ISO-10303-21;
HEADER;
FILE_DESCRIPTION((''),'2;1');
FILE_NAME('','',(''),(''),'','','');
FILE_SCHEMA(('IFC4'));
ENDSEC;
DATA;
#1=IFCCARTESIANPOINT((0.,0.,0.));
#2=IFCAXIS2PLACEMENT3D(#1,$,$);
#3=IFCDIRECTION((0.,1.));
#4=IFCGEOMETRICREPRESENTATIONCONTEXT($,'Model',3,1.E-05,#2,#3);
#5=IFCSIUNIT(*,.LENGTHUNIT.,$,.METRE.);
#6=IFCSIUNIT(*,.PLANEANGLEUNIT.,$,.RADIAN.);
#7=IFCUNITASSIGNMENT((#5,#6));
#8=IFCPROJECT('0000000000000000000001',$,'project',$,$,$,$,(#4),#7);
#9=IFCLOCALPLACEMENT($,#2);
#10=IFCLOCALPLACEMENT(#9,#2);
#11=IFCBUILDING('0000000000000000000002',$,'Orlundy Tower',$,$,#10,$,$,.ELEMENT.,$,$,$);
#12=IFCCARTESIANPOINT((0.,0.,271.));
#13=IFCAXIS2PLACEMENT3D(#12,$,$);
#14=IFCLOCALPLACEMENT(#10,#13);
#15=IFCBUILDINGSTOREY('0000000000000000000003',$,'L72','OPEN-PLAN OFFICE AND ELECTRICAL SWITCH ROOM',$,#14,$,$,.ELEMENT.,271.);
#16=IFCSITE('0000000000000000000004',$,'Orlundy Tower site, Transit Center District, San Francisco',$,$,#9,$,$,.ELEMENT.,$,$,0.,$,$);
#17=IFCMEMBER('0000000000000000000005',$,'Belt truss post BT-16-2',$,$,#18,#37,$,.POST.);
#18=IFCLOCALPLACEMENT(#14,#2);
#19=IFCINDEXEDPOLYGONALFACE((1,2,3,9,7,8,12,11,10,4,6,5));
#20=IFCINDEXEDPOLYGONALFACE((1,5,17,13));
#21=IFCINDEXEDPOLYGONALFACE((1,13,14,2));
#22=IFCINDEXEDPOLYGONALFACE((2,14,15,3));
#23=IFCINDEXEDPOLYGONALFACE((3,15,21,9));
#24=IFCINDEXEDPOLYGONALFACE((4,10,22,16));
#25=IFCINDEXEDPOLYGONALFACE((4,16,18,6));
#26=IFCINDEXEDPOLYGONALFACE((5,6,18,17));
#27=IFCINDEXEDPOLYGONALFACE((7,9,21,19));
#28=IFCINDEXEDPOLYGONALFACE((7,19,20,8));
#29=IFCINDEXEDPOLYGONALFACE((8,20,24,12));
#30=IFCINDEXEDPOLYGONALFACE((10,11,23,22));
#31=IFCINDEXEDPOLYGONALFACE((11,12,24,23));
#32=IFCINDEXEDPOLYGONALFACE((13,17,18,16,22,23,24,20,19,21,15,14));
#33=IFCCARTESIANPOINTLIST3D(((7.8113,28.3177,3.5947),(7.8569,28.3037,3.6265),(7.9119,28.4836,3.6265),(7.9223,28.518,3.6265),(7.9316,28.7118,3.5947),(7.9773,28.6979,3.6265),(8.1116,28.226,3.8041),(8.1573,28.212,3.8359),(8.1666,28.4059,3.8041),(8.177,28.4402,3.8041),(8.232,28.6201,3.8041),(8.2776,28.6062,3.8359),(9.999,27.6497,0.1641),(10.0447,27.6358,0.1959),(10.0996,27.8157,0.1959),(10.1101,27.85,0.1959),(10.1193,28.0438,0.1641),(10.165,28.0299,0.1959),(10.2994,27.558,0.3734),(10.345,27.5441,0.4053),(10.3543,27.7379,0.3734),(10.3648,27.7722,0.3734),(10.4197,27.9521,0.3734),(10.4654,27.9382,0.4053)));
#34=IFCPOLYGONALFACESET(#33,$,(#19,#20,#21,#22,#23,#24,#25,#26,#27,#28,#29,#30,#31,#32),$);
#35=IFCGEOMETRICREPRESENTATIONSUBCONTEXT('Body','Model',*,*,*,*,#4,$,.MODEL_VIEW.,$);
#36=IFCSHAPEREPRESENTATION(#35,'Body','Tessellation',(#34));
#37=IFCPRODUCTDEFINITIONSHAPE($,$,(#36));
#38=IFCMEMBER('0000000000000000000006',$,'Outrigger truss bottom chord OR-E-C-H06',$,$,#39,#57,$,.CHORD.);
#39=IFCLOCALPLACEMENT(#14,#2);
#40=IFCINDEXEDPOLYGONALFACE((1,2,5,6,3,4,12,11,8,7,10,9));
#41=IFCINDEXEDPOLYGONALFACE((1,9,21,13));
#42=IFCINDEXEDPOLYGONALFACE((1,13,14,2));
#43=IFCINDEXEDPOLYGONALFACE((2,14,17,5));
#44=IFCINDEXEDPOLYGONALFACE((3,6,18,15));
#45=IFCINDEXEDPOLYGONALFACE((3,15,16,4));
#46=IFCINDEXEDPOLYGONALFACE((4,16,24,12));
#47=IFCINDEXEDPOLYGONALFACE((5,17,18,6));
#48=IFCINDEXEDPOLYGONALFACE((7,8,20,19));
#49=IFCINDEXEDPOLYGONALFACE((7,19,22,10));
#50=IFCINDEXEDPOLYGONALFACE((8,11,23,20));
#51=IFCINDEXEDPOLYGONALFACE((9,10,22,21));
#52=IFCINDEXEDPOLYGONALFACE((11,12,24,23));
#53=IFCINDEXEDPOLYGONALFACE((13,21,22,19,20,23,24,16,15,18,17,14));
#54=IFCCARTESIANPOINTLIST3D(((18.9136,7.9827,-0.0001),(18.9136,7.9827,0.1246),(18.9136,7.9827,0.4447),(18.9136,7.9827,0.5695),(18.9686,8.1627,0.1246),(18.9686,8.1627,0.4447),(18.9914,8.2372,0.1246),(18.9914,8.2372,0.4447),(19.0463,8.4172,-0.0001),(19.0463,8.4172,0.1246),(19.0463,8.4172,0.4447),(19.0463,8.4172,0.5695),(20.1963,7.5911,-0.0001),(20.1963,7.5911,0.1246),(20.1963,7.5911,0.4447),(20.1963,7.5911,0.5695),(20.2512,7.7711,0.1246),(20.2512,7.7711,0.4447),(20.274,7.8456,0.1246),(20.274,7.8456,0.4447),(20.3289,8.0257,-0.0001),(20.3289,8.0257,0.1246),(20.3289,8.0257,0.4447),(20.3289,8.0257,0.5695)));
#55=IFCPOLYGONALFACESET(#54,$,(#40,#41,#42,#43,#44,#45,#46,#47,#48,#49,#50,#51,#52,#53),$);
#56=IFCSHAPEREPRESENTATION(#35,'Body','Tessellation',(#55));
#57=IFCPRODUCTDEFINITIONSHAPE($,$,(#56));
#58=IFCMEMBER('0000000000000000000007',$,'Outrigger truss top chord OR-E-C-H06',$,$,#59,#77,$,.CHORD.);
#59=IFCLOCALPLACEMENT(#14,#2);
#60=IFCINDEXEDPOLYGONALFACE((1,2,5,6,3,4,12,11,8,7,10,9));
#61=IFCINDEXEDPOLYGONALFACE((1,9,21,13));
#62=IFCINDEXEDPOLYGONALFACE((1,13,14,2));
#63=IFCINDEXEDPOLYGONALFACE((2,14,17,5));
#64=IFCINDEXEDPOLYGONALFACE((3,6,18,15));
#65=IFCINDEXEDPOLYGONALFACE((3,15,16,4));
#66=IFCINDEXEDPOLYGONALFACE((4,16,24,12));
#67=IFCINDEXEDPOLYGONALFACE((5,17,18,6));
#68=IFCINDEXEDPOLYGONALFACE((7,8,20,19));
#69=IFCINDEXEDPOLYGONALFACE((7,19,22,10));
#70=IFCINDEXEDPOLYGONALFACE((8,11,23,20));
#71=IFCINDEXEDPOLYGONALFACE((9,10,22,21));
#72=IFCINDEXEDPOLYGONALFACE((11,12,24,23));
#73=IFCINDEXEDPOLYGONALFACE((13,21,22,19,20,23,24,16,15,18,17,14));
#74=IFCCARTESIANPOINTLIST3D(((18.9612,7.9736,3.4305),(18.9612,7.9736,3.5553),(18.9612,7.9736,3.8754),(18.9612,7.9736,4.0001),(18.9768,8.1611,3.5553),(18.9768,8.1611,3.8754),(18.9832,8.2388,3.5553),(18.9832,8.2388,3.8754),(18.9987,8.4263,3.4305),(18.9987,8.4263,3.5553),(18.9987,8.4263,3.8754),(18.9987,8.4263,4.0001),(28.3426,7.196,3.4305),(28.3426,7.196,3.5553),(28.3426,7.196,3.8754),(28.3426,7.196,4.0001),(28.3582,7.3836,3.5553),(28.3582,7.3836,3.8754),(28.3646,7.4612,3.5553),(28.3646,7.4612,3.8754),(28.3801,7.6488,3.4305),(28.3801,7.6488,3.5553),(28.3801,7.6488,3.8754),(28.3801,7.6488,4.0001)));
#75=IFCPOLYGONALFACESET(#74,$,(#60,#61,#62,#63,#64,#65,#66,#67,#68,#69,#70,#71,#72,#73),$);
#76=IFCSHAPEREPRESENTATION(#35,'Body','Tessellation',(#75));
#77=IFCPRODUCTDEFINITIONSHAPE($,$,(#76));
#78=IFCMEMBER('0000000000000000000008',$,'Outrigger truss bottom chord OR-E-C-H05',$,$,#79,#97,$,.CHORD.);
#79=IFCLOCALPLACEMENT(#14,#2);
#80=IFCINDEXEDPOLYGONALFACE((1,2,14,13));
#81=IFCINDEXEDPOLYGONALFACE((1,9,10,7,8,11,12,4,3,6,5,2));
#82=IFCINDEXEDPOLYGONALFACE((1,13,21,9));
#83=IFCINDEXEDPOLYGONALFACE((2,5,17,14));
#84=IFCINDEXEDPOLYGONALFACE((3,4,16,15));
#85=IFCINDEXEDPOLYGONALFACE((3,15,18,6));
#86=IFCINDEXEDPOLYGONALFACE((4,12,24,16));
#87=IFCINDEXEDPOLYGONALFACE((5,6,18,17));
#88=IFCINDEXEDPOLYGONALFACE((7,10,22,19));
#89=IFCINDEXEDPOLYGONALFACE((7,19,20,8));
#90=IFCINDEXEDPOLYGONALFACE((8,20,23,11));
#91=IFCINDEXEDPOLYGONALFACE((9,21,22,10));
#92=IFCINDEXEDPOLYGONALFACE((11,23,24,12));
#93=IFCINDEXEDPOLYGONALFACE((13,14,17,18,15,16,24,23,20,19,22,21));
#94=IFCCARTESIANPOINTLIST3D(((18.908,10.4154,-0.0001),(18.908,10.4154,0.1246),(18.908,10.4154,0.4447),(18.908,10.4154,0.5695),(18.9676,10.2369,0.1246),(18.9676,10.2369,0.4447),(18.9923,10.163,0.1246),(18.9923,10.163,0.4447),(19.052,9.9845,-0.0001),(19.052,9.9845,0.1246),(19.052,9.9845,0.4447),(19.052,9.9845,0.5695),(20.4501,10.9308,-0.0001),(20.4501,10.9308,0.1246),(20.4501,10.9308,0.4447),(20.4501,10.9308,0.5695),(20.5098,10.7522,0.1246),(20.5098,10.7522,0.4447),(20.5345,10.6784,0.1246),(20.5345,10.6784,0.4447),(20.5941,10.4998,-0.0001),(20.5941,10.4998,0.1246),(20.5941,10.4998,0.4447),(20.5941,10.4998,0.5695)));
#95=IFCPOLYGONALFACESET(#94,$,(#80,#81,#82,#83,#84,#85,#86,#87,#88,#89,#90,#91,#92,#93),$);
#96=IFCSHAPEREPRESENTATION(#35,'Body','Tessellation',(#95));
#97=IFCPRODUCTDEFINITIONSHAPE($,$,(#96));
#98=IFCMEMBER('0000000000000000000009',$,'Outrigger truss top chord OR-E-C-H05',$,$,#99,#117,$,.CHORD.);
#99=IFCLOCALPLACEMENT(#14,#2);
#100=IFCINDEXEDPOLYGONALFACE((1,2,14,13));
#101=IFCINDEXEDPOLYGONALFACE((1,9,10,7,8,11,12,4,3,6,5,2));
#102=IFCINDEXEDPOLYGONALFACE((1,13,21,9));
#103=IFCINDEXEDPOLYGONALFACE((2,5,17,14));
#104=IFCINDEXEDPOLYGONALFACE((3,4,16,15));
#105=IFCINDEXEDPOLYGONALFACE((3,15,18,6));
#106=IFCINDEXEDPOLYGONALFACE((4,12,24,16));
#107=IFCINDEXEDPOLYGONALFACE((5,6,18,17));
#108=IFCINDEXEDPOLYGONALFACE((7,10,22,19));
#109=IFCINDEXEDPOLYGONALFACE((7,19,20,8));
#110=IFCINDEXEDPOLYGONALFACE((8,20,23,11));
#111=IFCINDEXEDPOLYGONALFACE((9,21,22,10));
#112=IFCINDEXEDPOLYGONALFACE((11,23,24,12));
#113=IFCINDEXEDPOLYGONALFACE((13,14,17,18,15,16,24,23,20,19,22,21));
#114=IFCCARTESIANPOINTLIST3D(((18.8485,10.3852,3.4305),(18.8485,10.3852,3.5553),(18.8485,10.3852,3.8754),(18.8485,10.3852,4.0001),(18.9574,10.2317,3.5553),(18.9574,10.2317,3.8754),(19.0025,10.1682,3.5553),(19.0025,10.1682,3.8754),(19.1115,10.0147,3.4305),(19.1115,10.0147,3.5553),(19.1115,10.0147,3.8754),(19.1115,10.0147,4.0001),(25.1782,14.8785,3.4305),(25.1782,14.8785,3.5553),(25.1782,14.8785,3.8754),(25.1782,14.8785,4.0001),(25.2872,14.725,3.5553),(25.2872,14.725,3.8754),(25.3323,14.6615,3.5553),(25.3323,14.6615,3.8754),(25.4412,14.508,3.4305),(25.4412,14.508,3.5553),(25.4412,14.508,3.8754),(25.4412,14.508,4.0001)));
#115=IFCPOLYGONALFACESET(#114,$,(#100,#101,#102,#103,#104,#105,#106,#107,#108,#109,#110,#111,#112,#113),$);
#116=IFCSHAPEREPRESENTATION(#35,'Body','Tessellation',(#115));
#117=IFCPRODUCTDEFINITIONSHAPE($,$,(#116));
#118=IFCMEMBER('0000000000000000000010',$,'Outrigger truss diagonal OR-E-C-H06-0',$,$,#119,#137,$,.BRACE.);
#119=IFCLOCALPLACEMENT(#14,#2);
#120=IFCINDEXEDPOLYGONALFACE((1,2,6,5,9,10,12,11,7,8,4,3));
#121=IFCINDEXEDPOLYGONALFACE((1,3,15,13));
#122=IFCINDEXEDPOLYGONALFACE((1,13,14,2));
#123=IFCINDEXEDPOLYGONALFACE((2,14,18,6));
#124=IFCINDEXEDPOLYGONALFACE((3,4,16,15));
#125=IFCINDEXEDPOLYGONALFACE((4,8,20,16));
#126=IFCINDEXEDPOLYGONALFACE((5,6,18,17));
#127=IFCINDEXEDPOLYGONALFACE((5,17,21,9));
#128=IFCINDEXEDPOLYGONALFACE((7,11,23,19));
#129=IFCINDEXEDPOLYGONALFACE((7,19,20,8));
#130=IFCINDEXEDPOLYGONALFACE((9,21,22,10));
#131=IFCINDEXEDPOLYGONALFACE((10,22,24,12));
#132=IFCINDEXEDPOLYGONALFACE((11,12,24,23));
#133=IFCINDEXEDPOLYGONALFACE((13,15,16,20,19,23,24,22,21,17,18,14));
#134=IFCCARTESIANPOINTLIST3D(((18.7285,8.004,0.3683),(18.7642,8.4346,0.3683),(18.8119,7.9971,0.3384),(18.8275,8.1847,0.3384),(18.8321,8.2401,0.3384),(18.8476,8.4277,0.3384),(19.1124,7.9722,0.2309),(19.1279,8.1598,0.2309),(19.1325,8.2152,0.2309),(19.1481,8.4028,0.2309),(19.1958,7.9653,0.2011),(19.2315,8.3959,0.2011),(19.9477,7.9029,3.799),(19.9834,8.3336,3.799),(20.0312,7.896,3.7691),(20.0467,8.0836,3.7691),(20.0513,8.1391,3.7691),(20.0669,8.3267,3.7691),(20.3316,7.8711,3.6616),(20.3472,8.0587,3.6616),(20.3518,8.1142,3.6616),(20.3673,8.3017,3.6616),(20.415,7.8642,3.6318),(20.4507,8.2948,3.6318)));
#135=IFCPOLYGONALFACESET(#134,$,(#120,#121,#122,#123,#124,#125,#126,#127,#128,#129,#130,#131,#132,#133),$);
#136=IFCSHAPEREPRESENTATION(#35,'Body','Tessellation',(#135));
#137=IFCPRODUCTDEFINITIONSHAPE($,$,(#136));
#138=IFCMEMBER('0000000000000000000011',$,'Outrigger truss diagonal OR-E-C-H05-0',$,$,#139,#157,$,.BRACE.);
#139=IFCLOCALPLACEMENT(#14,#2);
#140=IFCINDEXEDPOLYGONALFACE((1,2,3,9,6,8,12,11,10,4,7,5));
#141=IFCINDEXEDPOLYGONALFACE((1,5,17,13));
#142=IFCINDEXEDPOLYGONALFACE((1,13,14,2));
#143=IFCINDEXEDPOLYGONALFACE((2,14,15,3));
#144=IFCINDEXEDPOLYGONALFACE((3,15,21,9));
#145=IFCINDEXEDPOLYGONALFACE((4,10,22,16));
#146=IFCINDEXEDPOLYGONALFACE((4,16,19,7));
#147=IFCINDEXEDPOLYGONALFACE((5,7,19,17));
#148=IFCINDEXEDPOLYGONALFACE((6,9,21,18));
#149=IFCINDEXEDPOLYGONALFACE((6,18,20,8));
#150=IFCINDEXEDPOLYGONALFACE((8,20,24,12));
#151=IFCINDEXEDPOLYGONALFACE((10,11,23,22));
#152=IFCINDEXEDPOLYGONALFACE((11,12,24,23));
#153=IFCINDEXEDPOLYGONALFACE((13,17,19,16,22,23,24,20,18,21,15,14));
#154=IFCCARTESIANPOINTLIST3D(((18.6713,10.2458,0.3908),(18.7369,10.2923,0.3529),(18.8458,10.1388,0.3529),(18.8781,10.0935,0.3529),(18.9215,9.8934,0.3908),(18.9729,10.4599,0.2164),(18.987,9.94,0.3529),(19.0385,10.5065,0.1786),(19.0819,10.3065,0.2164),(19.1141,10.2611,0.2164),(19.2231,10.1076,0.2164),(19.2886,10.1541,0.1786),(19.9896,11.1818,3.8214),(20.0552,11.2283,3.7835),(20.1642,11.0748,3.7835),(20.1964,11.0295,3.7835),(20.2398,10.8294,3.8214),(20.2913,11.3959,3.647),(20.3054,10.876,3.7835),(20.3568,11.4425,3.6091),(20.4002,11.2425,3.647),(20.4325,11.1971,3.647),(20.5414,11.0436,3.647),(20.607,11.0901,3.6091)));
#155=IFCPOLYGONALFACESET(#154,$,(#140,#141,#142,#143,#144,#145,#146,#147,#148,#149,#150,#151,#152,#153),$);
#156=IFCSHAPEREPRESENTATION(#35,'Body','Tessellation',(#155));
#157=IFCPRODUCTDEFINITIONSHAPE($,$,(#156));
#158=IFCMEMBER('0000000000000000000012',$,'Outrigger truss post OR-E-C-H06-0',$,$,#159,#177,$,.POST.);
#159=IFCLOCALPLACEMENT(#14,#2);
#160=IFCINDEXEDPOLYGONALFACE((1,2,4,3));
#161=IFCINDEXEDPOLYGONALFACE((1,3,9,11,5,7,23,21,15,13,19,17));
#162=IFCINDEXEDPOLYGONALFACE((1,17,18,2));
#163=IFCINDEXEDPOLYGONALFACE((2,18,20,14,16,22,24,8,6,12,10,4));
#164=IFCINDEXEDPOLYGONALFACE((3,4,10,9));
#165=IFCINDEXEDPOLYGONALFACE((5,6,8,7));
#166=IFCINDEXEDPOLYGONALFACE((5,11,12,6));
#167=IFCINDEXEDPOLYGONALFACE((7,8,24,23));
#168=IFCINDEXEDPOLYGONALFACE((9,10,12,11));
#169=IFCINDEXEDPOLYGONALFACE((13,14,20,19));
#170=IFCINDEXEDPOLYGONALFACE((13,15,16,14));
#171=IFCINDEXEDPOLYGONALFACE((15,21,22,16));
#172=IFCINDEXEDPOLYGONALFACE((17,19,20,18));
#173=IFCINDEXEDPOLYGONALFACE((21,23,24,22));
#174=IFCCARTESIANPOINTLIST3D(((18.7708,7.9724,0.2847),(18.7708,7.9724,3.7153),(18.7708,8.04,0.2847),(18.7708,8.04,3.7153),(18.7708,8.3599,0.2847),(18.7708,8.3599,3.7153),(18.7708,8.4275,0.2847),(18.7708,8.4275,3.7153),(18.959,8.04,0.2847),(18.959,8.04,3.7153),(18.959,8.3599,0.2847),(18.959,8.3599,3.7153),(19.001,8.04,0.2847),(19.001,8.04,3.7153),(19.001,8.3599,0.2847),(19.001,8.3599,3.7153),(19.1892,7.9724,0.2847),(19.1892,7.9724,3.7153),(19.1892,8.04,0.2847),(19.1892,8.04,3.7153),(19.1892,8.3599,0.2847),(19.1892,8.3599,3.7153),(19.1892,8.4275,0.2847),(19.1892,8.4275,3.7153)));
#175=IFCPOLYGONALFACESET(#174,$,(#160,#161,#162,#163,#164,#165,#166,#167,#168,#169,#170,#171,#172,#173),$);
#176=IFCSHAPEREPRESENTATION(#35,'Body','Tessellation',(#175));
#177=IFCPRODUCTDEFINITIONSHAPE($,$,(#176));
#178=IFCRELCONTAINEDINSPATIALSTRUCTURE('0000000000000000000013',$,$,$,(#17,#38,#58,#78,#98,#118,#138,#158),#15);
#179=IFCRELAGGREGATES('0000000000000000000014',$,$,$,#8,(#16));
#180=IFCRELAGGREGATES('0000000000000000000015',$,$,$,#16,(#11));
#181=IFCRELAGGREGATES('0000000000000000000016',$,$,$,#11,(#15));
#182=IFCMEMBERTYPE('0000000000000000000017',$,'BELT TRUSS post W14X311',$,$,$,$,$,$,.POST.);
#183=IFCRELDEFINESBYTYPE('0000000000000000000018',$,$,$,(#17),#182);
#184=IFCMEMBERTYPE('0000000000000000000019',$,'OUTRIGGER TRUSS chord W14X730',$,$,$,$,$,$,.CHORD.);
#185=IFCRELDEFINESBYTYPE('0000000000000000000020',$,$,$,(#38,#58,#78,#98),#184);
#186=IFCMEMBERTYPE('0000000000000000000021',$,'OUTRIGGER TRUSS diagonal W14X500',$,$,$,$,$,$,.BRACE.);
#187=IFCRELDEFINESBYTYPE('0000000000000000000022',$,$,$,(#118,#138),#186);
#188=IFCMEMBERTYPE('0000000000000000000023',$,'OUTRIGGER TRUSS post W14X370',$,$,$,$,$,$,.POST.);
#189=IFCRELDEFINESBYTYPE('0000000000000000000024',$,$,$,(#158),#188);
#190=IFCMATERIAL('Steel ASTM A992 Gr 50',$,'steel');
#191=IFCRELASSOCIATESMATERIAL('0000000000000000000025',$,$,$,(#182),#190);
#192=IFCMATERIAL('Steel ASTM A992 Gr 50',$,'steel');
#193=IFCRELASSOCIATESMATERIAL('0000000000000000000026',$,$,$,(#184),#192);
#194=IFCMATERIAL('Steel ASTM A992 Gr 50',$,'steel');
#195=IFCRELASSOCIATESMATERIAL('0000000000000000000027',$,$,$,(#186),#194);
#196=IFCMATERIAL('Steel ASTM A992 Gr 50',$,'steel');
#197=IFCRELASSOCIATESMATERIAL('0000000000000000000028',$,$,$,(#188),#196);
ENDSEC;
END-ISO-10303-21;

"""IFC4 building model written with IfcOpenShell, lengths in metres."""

from ifc_helpers import new_model, si_unit, direction, frame, origin, origin_2d, place, context, subcontext, project, spatial, i_section, extrude, material, material_profile, profile_set, type_object, element, save


model = new_model("IFC4")

# Units and contexts
model_context = context("Model", 3, precision=1e-05, world=origin(), true_north=direction((0.0, 1.0)))
body_context = subcontext(model_context, "Body", "Model", "MODEL_VIEW")
ifc_project = project(units=[si_unit("LENGTHUNIT", "METRE"), si_unit("PLANEANGLEUNIT", "RADIAN")], contexts=[model_context])

# Site, building, storey
site_placement = place(None, origin())
site = spatial("IfcSite", under=ifc_project, at=site_placement, Name="Orlundy Tower site, Transit Center District, San Francisco", CompositionType="ELEMENT", RefElevation=0.0)
building_placement = place(site_placement, origin())
building = spatial("IfcBuilding", under=site, at=building_placement, Name="Orlundy Tower", CompositionType="ELEMENT")
storey_placement = place(building_placement, frame((0.0, 0.0, 271.0)))
storey = spatial("IfcBuildingStorey", under=building, at=storey_placement, Name="L72", Description="OPEN-PLAN OFFICE AND ELECTRICAL SWITCH ROOM", CompositionType="ELEMENT", Elevation=271.0)

# Members
ifc_material_1 = material(Name="Steel ASTM A992 Gr 50", Category="steel")
ifc_material_profile_1 = material_profile(ifc_material_1, i_section(OverallWidth=0.4121, OverallDepth=0.4348, WebThickness=0.0359, FlangeThickness=0.0574, at=origin_2d()), Name="W14X311")
ifc_profile_set_1 = profile_set([ifc_material_profile_1], Name="Steel ASTM A992 Gr 50")
member_type_1 = type_object("IfcMemberType", Name="BELT TRUSS post W14X311", PredefinedType="POST", material=ifc_profile_set_1)
member_1_placement = place(storey_placement, frame((10.2322, 27.7939, 0.2847), z_axis=(-0.530577, 0.161997, 0.832013), x_axis=(-0.292015, -0.956414, 0.0)))
element("IfcMember", 1, at=member_1_placement, inside=storey, type_object=member_type_1, Name="Belt truss post BT-16-2", PredefinedType="POST", context=body_context, shape_type="SweptSolid", body=[
    extrude(i_section(OverallWidth=0.4121, OverallDepth=0.4348, WebThickness=0.0359, FlangeThickness=0.0574, at=origin_2d()), origin(), (0.0, 0.0, 1.0), 4.1233),
])
ifc_material_2 = material(Name="Steel ASTM A992 Gr 50", Category="steel")
ifc_material_profile_2 = material_profile(ifc_material_2, i_section(OverallWidth=0.4543, OverallDepth=0.5696, WebThickness=0.0779, FlangeThickness=0.1248, at=origin_2d()), Name="W14X730")
ifc_profile_set_2 = profile_set([ifc_material_profile_2], Name="Steel ASTM A992 Gr 50")
member_type_2 = type_object("IfcMemberType", Name="OUTRIGGER TRUSS chord W14X730", PredefinedType="CHORD", material=ifc_profile_set_2)
member_2_placement = place(storey_placement, frame((18.98, 8.2, 0.2847), z_axis=(0.956422, -0.291987, 0.0), x_axis=(0.291987, 0.956422, 0.0)))
element("IfcMember", 2, at=member_2_placement, inside=storey, type_object=member_type_2, Name="Outrigger truss bottom chord OR-E-C-H06", PredefinedType="CHORD", context=body_context, shape_type="SweptSolid", body=[
    extrude(i_section(OverallWidth=0.4543, OverallDepth=0.5696, WebThickness=0.0779, FlangeThickness=0.1248, at=origin_2d()), origin(), (0.0, 0.0, 1.0), 1.3411),
])
member_3_placement = place(storey_placement, frame((18.98, 8.2, 3.7153), z_axis=(0.996583, -0.082603, 0.0), x_axis=(0.082603, 0.996583, 0.0)))
element("IfcMember", 3, at=member_3_placement, inside=storey, type_object=member_type_2, Name="Outrigger truss top chord OR-E-C-H06", PredefinedType="CHORD", context=body_context, shape_type="SweptSolid", body=[
    extrude(i_section(OverallWidth=0.4543, OverallDepth=0.5696, WebThickness=0.0779, FlangeThickness=0.1248, at=origin_2d()), origin(), (0.0, 0.0, 1.0), 9.4136),
])
member_4_placement = place(storey_placement, frame((18.98, 10.2, 0.2847), z_axis=(0.948443, 0.316948, 0.0), x_axis=(-0.316948, 0.948443, 0.0)))
element("IfcMember", 4, at=member_4_placement, inside=storey, type_object=member_type_2, Name="Outrigger truss bottom chord OR-E-C-H05", PredefinedType="CHORD", context=body_context, shape_type="SweptSolid", body=[
    extrude(i_section(OverallWidth=0.4543, OverallDepth=0.5696, WebThickness=0.0779, FlangeThickness=0.1248, at=origin_2d()), origin(), (0.0, 0.0, 1.0), 1.626),
])
member_5_placement = place(storey_placement, frame((18.98, 10.2, 3.7153), z_axis=(0.81543, 0.578856, 0.0), x_axis=(-0.578856, 0.81543, 0.0)))
element("IfcMember", 5, at=member_5_placement, inside=storey, type_object=member_type_2, Name="Outrigger truss top chord OR-E-C-H05", PredefinedType="CHORD", context=body_context, shape_type="SweptSolid", body=[
    extrude(i_section(OverallWidth=0.4543, OverallDepth=0.5696, WebThickness=0.0779, FlangeThickness=0.1248, at=origin_2d()), origin(), (0.0, 0.0, 1.0), 7.7625),
])
ifc_material_3 = material(Name="Steel ASTM A992 Gr 50", Category="steel")
ifc_material_profile_3 = material_profile(ifc_material_3, i_section(OverallWidth=0.4321, OverallDepth=0.4978, WebThickness=0.0557, FlangeThickness=0.0889, at=origin_2d()), Name="W14X500")
ifc_profile_set_3 = profile_set([ifc_material_profile_3], Name="Steel ASTM A992 Gr 50")
member_type_3 = type_object("IfcMemberType", Name="OUTRIGGER TRUSS diagonal W14X500", PredefinedType="BRACE", material=ifc_profile_set_3)
member_6_placement = place(storey_placement, frame((18.98, 8.2, 0.2847), z_axis=(0.334746, -0.02775, 0.9419), x_axis=(0.082616, 0.996581, 0.0)))
element("IfcMember", 6, at=member_6_placement, inside=storey, type_object=member_type_3, Name="Outrigger truss diagonal OR-E-C-H06-0", PredefinedType="BRACE", context=body_context, shape_type="SweptSolid", body=[
    extrude(i_section(OverallWidth=0.4321, OverallDepth=0.4978, WebThickness=0.0557, FlangeThickness=0.0889, at=origin_2d()), origin(), (0.0, 0.0, 1.0), 3.6423),
])
member_7_placement = place(storey_placement, frame((18.98, 10.2, 0.2847), z_axis=(0.347615, 0.246807, 0.904572), x_axis=(-0.578922, 0.815383, 0.0)))
element("IfcMember", 7, at=member_7_placement, inside=storey, type_object=member_type_3, Name="Outrigger truss diagonal OR-E-C-H05-0", PredefinedType="BRACE", context=body_context, shape_type="SweptSolid", body=[
    extrude(i_section(OverallWidth=0.4321, OverallDepth=0.4978, WebThickness=0.0557, FlangeThickness=0.0889, at=origin_2d()), origin(), (0.0, 0.0, 1.0), 3.7925),
])
ifc_material_4 = material(Name="Steel ASTM A992 Gr 50", Category="steel")
ifc_material_profile_4 = material_profile(ifc_material_4, i_section(OverallWidth=0.4185, OverallDepth=0.4551, WebThickness=0.042, FlangeThickness=0.0676, at=origin_2d()), Name="W14X370")
ifc_profile_set_4 = profile_set([ifc_material_profile_4], Name="Steel ASTM A992 Gr 50")
member_type_4 = type_object("IfcMemberType", Name="OUTRIGGER TRUSS post W14X370", PredefinedType="POST", material=ifc_profile_set_4)
for number, where, z_axis, x_axis, name in (
    (8, (18.98, 8.2, 0.2847), (0.0, 0.0, 1.0), (1.0, 0.0, 0.0), "Outrigger truss post OR-E-C-H06-0"),
):
    element("IfcMember", number, at=place(storey_placement, frame(where, z_axis=z_axis, x_axis=x_axis)), inside=storey, type_object=member_type_4, Name=name, PredefinedType="POST", context=body_context, shape_type="SweptSolid", body=[
        extrude(i_section(OverallWidth=0.4185, OverallDepth=0.4551, WebThickness=0.042, FlangeThickness=0.0676, at=origin_2d()), origin(), (0.0, 0.0, 1.0), 3.4307),
    ])

save(model, "model.ifc")
